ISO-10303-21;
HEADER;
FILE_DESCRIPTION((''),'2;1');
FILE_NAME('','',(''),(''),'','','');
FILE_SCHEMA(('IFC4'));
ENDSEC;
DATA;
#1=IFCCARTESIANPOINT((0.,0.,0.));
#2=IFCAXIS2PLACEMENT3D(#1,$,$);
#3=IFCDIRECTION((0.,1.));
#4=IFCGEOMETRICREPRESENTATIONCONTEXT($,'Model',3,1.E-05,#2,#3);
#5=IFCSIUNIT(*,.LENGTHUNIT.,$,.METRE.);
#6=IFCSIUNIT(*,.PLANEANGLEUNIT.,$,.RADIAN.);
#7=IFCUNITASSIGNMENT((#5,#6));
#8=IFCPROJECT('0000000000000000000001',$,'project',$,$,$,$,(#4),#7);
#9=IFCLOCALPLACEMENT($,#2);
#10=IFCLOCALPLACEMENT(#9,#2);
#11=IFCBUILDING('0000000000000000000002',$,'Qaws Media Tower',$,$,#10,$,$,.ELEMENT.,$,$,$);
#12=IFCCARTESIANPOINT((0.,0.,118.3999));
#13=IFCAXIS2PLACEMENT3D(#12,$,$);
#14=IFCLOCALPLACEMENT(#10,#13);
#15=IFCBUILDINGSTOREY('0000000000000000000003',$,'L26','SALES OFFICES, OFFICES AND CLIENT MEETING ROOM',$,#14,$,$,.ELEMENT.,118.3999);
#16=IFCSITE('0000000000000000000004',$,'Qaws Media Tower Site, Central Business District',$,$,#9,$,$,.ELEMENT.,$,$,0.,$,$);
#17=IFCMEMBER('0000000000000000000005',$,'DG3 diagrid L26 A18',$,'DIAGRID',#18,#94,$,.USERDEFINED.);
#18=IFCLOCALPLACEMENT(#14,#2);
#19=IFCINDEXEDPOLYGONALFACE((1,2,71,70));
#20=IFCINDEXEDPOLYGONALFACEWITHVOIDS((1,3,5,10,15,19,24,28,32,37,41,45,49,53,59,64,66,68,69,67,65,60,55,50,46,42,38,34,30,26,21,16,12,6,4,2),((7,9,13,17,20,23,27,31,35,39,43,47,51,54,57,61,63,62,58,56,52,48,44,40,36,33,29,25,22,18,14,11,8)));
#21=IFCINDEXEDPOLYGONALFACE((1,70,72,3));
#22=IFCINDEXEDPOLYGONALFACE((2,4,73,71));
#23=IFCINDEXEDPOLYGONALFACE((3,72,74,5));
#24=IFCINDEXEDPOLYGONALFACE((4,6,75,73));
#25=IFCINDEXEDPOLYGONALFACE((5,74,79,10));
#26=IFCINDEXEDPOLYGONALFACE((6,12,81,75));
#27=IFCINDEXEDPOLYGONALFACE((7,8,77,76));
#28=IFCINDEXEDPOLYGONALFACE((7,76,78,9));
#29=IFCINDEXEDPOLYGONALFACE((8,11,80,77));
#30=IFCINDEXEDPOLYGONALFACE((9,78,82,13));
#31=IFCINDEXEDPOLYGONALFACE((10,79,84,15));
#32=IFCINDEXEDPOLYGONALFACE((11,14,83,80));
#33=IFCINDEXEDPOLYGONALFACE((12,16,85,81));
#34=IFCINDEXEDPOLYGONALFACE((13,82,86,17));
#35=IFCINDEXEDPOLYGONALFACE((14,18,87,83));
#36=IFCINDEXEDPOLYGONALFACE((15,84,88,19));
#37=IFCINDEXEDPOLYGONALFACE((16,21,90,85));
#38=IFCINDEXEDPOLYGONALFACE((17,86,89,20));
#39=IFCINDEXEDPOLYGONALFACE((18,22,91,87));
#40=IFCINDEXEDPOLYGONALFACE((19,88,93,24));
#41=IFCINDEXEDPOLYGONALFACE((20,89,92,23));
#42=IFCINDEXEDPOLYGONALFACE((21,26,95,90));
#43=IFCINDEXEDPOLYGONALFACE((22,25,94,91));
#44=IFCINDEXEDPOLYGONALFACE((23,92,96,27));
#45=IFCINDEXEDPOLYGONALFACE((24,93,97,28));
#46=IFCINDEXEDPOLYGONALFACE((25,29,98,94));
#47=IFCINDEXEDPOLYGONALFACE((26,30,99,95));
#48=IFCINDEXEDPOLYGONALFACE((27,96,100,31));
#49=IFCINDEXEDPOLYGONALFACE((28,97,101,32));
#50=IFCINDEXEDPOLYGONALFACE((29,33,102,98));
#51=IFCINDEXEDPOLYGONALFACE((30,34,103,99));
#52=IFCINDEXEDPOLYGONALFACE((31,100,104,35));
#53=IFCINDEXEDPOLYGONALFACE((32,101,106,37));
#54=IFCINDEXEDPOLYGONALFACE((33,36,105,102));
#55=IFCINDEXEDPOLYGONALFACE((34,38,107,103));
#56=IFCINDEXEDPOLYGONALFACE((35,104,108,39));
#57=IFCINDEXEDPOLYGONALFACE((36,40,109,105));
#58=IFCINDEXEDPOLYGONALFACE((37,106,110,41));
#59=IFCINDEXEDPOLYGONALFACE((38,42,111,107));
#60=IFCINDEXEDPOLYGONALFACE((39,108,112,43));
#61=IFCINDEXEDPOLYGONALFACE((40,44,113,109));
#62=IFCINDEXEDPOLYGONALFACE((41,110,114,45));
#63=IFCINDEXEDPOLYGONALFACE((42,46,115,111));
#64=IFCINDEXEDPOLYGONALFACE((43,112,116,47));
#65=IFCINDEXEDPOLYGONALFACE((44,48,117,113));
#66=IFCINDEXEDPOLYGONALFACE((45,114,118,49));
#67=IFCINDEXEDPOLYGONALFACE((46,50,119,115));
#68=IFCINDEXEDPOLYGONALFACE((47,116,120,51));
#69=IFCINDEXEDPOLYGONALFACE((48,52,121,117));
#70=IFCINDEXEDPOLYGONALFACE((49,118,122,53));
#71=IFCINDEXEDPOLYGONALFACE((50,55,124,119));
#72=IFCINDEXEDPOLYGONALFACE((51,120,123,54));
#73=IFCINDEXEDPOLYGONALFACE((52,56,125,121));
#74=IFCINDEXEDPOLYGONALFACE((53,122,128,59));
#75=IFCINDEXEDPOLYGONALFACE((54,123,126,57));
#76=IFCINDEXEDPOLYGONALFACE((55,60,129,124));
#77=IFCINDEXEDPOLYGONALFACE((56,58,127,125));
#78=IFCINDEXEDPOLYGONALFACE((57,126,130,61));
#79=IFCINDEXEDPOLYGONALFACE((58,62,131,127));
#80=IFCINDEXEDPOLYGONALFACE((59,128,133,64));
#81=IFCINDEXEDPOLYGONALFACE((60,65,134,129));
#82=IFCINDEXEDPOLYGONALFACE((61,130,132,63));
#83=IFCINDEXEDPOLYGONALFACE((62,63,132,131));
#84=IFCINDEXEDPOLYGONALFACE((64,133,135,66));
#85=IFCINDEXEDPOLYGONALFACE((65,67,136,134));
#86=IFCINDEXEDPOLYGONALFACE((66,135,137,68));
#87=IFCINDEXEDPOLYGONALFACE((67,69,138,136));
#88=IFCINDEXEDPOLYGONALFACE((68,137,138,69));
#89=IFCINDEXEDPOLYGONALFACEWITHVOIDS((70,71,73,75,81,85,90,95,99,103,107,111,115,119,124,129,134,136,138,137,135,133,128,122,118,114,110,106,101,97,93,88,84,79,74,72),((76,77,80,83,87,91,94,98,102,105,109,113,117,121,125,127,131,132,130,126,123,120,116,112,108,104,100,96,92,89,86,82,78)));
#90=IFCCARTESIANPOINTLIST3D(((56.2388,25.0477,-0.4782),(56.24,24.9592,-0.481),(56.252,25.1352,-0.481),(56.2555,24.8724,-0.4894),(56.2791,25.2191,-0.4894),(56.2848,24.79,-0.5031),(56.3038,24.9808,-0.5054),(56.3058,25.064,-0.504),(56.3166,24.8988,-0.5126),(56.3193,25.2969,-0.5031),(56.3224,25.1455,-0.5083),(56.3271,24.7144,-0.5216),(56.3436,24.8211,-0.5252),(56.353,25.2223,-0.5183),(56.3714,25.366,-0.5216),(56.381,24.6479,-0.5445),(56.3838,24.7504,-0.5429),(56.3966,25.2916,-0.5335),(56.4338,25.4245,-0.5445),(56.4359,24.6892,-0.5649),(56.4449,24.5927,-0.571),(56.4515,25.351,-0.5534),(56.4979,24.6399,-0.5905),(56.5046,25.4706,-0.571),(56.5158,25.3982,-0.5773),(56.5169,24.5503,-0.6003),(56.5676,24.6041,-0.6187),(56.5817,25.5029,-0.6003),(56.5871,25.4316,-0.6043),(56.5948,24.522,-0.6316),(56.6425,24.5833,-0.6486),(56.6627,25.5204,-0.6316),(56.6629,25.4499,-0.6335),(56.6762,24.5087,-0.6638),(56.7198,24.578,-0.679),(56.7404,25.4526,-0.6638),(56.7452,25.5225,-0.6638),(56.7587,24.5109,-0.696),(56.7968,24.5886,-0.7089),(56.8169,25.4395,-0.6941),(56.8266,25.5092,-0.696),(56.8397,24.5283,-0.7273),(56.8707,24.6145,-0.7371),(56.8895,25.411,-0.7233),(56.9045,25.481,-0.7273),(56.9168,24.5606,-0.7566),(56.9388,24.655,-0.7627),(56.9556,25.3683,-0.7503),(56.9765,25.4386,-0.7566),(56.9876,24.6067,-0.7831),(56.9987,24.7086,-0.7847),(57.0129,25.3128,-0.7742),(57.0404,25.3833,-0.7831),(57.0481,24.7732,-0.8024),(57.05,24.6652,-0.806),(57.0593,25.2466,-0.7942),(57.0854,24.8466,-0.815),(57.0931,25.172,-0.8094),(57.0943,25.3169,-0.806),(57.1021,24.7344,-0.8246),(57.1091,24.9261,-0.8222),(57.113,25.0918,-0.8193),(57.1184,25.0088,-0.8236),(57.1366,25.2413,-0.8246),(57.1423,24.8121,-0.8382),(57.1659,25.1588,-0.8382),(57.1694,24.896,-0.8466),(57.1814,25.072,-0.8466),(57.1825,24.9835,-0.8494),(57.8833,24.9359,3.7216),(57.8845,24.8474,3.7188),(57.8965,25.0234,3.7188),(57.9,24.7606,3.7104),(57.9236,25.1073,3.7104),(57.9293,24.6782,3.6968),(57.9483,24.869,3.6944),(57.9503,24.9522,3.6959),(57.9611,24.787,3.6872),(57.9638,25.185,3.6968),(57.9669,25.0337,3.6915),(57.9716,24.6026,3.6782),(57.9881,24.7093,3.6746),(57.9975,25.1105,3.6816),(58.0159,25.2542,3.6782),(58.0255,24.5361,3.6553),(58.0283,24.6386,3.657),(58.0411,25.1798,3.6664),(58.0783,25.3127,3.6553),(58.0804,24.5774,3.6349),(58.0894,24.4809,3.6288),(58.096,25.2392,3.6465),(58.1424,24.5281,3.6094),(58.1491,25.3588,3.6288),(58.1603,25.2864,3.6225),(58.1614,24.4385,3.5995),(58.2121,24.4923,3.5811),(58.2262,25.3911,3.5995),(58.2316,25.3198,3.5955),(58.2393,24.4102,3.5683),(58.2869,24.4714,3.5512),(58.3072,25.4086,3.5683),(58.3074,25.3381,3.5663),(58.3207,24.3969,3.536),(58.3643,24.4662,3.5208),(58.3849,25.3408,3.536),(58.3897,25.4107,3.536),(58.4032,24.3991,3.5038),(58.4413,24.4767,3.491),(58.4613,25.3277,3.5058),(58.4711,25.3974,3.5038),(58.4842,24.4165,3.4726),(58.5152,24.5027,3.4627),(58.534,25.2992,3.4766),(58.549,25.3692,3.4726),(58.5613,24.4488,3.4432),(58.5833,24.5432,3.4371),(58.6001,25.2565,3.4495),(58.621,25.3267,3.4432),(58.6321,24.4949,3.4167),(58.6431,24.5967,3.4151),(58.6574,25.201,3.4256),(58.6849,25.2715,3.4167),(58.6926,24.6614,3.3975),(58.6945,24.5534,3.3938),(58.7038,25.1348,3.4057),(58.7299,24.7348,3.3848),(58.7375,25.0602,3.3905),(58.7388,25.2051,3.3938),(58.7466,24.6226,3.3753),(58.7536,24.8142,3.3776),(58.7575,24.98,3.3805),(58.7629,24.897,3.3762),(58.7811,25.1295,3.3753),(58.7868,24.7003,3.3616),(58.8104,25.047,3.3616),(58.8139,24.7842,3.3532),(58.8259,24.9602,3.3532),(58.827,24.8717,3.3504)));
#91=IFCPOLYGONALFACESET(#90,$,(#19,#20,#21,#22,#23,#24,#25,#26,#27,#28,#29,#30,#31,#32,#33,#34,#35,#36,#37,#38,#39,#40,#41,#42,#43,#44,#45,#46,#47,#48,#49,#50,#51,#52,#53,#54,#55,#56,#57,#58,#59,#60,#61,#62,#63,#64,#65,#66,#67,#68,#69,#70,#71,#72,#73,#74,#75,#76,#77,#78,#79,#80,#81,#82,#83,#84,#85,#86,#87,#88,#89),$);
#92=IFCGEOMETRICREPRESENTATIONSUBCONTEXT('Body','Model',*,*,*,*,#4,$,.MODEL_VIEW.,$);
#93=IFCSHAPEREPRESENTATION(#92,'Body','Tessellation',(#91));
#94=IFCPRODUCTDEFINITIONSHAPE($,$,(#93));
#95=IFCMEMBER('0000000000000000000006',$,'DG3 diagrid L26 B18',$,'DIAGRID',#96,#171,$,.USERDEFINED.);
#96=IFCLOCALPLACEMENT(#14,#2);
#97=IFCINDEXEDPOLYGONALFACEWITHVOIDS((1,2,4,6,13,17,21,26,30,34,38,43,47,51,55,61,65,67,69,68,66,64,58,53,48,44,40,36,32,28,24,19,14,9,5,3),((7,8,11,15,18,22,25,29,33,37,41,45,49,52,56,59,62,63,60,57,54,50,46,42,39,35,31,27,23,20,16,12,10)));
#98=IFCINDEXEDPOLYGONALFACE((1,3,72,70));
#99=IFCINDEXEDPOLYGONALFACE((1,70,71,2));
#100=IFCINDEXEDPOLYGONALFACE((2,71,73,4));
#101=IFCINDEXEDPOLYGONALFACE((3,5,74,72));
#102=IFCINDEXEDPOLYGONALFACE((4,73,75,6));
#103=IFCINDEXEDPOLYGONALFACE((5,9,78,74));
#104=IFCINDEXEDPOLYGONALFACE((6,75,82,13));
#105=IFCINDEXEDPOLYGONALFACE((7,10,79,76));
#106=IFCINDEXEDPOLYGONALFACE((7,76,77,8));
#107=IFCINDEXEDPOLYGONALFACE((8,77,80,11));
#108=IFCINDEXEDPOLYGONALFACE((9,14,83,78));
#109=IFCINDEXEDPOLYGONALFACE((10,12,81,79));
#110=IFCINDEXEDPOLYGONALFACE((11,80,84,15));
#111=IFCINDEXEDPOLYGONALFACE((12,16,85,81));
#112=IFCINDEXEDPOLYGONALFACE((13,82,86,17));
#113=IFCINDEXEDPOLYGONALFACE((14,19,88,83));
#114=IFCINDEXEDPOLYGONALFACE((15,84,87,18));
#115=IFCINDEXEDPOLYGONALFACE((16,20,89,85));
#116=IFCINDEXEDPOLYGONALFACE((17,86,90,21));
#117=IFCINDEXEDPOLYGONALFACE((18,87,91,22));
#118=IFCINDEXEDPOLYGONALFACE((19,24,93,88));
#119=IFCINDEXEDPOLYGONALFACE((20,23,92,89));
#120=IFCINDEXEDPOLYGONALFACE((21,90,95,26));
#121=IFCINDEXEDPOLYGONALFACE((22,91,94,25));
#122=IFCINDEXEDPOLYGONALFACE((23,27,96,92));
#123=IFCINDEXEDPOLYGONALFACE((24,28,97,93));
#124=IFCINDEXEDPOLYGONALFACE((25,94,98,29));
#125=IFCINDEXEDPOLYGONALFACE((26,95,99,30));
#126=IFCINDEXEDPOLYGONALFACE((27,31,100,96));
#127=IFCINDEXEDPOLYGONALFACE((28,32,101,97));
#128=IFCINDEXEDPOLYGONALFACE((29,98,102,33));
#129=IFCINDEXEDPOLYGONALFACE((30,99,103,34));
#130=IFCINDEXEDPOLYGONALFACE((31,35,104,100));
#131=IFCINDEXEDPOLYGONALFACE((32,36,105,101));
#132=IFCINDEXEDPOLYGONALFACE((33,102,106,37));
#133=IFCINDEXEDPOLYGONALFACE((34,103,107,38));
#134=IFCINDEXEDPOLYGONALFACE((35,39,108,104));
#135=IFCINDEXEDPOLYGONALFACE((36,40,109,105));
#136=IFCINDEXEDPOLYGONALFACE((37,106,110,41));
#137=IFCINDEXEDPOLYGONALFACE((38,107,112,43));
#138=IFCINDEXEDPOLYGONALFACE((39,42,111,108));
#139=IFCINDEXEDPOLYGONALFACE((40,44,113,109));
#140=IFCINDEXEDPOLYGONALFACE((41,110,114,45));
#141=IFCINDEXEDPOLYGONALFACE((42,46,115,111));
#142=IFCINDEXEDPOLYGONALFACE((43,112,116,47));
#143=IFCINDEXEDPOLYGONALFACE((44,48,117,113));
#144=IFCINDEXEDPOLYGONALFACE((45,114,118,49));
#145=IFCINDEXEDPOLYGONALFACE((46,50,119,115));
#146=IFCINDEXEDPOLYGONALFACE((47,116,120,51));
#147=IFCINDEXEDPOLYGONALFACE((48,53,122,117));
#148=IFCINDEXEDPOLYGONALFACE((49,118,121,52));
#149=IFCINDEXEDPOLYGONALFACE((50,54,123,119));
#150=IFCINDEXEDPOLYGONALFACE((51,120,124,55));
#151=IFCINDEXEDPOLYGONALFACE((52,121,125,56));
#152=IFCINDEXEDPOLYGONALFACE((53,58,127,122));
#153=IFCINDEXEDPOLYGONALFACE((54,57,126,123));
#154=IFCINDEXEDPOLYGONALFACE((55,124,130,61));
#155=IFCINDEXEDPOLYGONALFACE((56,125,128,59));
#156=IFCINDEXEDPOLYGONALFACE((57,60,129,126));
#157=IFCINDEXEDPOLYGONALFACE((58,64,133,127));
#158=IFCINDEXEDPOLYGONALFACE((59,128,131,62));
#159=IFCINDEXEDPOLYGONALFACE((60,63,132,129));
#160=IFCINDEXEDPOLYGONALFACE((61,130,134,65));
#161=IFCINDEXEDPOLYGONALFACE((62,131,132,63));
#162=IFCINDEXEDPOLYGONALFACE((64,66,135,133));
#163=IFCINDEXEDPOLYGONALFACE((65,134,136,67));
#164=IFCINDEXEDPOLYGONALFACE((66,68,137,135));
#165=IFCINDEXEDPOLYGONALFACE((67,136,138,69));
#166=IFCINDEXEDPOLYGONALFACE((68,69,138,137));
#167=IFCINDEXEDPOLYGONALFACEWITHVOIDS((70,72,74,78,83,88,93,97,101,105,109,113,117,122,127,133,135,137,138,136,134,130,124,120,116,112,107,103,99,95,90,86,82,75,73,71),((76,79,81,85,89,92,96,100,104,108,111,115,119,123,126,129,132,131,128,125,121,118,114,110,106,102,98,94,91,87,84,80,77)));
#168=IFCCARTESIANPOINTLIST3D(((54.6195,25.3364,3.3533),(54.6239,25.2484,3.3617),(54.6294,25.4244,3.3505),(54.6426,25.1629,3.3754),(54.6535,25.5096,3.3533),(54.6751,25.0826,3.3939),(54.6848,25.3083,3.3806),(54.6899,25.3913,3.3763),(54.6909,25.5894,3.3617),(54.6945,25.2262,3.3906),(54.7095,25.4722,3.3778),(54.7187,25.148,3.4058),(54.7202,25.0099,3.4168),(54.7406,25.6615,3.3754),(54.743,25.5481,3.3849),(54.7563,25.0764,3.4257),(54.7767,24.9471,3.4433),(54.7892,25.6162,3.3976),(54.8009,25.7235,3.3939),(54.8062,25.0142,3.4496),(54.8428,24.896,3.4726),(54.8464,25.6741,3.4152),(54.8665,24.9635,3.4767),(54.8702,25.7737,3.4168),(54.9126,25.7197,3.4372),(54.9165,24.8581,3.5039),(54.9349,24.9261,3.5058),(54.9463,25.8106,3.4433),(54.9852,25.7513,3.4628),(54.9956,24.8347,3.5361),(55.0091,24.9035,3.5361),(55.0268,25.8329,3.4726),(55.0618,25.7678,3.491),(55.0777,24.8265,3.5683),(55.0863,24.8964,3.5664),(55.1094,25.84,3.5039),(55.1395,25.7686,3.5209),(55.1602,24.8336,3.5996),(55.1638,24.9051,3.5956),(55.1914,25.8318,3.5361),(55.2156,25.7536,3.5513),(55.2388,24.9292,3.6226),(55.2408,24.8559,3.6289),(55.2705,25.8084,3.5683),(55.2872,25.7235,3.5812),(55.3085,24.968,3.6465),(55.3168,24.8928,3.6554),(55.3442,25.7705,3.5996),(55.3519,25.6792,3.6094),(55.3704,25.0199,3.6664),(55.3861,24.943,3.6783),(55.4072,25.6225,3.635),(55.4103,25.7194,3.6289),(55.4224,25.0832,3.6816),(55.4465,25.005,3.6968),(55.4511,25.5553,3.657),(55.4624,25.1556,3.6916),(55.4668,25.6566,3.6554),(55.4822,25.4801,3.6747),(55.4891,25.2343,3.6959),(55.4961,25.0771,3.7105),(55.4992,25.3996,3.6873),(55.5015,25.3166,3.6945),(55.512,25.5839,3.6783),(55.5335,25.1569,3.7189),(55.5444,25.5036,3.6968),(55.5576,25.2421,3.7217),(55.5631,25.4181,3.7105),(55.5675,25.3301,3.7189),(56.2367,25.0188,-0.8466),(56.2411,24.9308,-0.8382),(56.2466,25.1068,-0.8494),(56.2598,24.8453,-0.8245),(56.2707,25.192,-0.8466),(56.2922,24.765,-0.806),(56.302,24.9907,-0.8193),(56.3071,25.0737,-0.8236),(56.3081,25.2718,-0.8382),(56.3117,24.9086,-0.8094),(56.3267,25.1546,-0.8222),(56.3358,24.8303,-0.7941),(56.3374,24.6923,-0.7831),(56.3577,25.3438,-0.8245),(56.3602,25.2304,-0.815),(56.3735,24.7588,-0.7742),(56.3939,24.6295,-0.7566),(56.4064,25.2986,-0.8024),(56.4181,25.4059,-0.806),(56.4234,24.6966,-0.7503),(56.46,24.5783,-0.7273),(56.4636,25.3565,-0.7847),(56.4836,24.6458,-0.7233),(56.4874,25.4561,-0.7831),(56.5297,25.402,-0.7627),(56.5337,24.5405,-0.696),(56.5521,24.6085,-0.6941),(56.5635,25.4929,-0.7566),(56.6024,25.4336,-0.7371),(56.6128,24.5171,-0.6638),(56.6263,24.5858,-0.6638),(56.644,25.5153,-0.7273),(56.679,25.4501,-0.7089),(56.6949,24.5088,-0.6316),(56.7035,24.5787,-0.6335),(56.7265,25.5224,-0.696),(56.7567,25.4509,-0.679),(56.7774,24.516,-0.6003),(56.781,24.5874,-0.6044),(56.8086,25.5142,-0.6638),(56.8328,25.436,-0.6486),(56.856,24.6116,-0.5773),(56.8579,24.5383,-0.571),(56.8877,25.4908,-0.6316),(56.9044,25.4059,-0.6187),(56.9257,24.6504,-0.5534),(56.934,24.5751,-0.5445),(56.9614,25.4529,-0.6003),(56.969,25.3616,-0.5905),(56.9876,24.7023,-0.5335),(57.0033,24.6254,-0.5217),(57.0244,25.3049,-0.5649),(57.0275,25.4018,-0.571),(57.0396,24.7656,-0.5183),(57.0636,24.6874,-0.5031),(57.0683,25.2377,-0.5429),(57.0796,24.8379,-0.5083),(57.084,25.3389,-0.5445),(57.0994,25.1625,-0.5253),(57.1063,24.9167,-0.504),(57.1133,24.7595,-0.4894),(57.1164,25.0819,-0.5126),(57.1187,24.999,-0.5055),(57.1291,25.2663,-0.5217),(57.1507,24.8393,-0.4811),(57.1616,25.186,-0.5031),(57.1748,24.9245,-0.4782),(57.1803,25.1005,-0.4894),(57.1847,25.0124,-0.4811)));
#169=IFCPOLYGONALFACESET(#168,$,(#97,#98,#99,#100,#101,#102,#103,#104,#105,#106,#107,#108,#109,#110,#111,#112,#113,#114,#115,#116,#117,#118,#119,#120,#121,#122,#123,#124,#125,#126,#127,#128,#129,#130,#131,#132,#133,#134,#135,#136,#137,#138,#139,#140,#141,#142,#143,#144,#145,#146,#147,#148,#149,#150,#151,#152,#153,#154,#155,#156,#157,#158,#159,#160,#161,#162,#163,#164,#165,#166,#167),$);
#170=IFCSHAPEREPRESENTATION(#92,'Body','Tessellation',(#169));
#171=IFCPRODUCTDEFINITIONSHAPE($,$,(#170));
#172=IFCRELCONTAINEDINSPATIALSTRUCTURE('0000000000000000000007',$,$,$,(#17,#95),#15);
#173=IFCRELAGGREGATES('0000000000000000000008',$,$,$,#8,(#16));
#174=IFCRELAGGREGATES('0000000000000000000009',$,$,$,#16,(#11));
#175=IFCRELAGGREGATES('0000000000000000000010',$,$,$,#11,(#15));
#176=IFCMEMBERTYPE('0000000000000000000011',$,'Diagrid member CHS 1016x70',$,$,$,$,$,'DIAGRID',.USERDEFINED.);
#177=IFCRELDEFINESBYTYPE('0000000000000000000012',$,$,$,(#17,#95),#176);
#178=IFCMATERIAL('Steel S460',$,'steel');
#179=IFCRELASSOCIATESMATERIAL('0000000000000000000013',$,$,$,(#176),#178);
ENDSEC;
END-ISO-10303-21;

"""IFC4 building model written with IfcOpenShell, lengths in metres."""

from ifc_helpers import new_model, si_unit, direction, frame, origin, origin_2d, place, context, subcontext, project, spatial, hollow_circle, extrude, material, material_profile, profile_set, type_object, element, save


model = new_model("IFC4")

# Units and contexts
model_context = context("Model", 3, precision=1e-05, world=origin(), true_north=direction((0.0, 1.0)))
body_context = subcontext(model_context, "Body", "Model", "MODEL_VIEW")
ifc_project = project(units=[si_unit("LENGTHUNIT", "METRE"), si_unit("PLANEANGLEUNIT", "RADIAN")], contexts=[model_context])

# Site, building, storey
site_placement = place(None, origin())
site = spatial("IfcSite", under=ifc_project, at=site_placement, Name="Qaws Media Tower Site, Central Business District", CompositionType="ELEMENT", RefElevation=0.0)
building_placement = place(site_placement, origin())
building = spatial("IfcBuilding", under=site, at=building_placement, Name="Qaws Media Tower", CompositionType="ELEMENT")
storey_placement = place(building_placement, frame((0.0, 0.0, 118.3999)))
storey = spatial("IfcBuildingStorey", under=building, at=storey_placement, Name="L26", Description="SALES OFFICES, OFFICES AND CLIENT MEETING ROOM", CompositionType="ELEMENT", Elevation=118.3999)

# Members
ifc_material_1 = material(Name="Steel S460", Category="steel")
ifc_material_profile_1 = material_profile(ifc_material_1, hollow_circle(Radius=0.5081, WallThickness=0.0701, at=origin_2d()), Name="CHS 1016x70")
ifc_profile_set_1 = profile_set([ifc_material_profile_1], Name="Steel S460")
member_type_1 = type_object("IfcMemberType", Name="Diagrid member CHS 1016x70", ElementType="DIAGRID", PredefinedType="USERDEFINED", material=ifc_profile_set_1)
for number, where, z_axis, x_axis, name in (
    (1, (56.7107, 25.0156, -0.6638), (0.364493, -0.024783, 0.930876), (0.067836, 0.997696, 0.0), "DG3 diagrid L26 A18"),
    (2, (56.7107, 25.0156, -0.6638), (-0.35844, 0.0704, 0.930894), (-0.192725, -0.981253, 0.0), "DG3 diagrid L26 B18"),
):
    element("IfcMember", number, at=place(storey_placement, frame(where, z_axis=z_axis, x_axis=x_axis)), inside=storey, type_object=member_type_1, Name=name, ObjectType="DIAGRID", PredefinedType="USERDEFINED", context=body_context, shape_type="SweptSolid", body=[
        extrude(hollow_circle(Radius=0.5081, WallThickness=0.0701, at=origin_2d()), origin(), (0.0, 0.0, 1.0), 4.5117),
    ])

save(model, "model.ifc")
